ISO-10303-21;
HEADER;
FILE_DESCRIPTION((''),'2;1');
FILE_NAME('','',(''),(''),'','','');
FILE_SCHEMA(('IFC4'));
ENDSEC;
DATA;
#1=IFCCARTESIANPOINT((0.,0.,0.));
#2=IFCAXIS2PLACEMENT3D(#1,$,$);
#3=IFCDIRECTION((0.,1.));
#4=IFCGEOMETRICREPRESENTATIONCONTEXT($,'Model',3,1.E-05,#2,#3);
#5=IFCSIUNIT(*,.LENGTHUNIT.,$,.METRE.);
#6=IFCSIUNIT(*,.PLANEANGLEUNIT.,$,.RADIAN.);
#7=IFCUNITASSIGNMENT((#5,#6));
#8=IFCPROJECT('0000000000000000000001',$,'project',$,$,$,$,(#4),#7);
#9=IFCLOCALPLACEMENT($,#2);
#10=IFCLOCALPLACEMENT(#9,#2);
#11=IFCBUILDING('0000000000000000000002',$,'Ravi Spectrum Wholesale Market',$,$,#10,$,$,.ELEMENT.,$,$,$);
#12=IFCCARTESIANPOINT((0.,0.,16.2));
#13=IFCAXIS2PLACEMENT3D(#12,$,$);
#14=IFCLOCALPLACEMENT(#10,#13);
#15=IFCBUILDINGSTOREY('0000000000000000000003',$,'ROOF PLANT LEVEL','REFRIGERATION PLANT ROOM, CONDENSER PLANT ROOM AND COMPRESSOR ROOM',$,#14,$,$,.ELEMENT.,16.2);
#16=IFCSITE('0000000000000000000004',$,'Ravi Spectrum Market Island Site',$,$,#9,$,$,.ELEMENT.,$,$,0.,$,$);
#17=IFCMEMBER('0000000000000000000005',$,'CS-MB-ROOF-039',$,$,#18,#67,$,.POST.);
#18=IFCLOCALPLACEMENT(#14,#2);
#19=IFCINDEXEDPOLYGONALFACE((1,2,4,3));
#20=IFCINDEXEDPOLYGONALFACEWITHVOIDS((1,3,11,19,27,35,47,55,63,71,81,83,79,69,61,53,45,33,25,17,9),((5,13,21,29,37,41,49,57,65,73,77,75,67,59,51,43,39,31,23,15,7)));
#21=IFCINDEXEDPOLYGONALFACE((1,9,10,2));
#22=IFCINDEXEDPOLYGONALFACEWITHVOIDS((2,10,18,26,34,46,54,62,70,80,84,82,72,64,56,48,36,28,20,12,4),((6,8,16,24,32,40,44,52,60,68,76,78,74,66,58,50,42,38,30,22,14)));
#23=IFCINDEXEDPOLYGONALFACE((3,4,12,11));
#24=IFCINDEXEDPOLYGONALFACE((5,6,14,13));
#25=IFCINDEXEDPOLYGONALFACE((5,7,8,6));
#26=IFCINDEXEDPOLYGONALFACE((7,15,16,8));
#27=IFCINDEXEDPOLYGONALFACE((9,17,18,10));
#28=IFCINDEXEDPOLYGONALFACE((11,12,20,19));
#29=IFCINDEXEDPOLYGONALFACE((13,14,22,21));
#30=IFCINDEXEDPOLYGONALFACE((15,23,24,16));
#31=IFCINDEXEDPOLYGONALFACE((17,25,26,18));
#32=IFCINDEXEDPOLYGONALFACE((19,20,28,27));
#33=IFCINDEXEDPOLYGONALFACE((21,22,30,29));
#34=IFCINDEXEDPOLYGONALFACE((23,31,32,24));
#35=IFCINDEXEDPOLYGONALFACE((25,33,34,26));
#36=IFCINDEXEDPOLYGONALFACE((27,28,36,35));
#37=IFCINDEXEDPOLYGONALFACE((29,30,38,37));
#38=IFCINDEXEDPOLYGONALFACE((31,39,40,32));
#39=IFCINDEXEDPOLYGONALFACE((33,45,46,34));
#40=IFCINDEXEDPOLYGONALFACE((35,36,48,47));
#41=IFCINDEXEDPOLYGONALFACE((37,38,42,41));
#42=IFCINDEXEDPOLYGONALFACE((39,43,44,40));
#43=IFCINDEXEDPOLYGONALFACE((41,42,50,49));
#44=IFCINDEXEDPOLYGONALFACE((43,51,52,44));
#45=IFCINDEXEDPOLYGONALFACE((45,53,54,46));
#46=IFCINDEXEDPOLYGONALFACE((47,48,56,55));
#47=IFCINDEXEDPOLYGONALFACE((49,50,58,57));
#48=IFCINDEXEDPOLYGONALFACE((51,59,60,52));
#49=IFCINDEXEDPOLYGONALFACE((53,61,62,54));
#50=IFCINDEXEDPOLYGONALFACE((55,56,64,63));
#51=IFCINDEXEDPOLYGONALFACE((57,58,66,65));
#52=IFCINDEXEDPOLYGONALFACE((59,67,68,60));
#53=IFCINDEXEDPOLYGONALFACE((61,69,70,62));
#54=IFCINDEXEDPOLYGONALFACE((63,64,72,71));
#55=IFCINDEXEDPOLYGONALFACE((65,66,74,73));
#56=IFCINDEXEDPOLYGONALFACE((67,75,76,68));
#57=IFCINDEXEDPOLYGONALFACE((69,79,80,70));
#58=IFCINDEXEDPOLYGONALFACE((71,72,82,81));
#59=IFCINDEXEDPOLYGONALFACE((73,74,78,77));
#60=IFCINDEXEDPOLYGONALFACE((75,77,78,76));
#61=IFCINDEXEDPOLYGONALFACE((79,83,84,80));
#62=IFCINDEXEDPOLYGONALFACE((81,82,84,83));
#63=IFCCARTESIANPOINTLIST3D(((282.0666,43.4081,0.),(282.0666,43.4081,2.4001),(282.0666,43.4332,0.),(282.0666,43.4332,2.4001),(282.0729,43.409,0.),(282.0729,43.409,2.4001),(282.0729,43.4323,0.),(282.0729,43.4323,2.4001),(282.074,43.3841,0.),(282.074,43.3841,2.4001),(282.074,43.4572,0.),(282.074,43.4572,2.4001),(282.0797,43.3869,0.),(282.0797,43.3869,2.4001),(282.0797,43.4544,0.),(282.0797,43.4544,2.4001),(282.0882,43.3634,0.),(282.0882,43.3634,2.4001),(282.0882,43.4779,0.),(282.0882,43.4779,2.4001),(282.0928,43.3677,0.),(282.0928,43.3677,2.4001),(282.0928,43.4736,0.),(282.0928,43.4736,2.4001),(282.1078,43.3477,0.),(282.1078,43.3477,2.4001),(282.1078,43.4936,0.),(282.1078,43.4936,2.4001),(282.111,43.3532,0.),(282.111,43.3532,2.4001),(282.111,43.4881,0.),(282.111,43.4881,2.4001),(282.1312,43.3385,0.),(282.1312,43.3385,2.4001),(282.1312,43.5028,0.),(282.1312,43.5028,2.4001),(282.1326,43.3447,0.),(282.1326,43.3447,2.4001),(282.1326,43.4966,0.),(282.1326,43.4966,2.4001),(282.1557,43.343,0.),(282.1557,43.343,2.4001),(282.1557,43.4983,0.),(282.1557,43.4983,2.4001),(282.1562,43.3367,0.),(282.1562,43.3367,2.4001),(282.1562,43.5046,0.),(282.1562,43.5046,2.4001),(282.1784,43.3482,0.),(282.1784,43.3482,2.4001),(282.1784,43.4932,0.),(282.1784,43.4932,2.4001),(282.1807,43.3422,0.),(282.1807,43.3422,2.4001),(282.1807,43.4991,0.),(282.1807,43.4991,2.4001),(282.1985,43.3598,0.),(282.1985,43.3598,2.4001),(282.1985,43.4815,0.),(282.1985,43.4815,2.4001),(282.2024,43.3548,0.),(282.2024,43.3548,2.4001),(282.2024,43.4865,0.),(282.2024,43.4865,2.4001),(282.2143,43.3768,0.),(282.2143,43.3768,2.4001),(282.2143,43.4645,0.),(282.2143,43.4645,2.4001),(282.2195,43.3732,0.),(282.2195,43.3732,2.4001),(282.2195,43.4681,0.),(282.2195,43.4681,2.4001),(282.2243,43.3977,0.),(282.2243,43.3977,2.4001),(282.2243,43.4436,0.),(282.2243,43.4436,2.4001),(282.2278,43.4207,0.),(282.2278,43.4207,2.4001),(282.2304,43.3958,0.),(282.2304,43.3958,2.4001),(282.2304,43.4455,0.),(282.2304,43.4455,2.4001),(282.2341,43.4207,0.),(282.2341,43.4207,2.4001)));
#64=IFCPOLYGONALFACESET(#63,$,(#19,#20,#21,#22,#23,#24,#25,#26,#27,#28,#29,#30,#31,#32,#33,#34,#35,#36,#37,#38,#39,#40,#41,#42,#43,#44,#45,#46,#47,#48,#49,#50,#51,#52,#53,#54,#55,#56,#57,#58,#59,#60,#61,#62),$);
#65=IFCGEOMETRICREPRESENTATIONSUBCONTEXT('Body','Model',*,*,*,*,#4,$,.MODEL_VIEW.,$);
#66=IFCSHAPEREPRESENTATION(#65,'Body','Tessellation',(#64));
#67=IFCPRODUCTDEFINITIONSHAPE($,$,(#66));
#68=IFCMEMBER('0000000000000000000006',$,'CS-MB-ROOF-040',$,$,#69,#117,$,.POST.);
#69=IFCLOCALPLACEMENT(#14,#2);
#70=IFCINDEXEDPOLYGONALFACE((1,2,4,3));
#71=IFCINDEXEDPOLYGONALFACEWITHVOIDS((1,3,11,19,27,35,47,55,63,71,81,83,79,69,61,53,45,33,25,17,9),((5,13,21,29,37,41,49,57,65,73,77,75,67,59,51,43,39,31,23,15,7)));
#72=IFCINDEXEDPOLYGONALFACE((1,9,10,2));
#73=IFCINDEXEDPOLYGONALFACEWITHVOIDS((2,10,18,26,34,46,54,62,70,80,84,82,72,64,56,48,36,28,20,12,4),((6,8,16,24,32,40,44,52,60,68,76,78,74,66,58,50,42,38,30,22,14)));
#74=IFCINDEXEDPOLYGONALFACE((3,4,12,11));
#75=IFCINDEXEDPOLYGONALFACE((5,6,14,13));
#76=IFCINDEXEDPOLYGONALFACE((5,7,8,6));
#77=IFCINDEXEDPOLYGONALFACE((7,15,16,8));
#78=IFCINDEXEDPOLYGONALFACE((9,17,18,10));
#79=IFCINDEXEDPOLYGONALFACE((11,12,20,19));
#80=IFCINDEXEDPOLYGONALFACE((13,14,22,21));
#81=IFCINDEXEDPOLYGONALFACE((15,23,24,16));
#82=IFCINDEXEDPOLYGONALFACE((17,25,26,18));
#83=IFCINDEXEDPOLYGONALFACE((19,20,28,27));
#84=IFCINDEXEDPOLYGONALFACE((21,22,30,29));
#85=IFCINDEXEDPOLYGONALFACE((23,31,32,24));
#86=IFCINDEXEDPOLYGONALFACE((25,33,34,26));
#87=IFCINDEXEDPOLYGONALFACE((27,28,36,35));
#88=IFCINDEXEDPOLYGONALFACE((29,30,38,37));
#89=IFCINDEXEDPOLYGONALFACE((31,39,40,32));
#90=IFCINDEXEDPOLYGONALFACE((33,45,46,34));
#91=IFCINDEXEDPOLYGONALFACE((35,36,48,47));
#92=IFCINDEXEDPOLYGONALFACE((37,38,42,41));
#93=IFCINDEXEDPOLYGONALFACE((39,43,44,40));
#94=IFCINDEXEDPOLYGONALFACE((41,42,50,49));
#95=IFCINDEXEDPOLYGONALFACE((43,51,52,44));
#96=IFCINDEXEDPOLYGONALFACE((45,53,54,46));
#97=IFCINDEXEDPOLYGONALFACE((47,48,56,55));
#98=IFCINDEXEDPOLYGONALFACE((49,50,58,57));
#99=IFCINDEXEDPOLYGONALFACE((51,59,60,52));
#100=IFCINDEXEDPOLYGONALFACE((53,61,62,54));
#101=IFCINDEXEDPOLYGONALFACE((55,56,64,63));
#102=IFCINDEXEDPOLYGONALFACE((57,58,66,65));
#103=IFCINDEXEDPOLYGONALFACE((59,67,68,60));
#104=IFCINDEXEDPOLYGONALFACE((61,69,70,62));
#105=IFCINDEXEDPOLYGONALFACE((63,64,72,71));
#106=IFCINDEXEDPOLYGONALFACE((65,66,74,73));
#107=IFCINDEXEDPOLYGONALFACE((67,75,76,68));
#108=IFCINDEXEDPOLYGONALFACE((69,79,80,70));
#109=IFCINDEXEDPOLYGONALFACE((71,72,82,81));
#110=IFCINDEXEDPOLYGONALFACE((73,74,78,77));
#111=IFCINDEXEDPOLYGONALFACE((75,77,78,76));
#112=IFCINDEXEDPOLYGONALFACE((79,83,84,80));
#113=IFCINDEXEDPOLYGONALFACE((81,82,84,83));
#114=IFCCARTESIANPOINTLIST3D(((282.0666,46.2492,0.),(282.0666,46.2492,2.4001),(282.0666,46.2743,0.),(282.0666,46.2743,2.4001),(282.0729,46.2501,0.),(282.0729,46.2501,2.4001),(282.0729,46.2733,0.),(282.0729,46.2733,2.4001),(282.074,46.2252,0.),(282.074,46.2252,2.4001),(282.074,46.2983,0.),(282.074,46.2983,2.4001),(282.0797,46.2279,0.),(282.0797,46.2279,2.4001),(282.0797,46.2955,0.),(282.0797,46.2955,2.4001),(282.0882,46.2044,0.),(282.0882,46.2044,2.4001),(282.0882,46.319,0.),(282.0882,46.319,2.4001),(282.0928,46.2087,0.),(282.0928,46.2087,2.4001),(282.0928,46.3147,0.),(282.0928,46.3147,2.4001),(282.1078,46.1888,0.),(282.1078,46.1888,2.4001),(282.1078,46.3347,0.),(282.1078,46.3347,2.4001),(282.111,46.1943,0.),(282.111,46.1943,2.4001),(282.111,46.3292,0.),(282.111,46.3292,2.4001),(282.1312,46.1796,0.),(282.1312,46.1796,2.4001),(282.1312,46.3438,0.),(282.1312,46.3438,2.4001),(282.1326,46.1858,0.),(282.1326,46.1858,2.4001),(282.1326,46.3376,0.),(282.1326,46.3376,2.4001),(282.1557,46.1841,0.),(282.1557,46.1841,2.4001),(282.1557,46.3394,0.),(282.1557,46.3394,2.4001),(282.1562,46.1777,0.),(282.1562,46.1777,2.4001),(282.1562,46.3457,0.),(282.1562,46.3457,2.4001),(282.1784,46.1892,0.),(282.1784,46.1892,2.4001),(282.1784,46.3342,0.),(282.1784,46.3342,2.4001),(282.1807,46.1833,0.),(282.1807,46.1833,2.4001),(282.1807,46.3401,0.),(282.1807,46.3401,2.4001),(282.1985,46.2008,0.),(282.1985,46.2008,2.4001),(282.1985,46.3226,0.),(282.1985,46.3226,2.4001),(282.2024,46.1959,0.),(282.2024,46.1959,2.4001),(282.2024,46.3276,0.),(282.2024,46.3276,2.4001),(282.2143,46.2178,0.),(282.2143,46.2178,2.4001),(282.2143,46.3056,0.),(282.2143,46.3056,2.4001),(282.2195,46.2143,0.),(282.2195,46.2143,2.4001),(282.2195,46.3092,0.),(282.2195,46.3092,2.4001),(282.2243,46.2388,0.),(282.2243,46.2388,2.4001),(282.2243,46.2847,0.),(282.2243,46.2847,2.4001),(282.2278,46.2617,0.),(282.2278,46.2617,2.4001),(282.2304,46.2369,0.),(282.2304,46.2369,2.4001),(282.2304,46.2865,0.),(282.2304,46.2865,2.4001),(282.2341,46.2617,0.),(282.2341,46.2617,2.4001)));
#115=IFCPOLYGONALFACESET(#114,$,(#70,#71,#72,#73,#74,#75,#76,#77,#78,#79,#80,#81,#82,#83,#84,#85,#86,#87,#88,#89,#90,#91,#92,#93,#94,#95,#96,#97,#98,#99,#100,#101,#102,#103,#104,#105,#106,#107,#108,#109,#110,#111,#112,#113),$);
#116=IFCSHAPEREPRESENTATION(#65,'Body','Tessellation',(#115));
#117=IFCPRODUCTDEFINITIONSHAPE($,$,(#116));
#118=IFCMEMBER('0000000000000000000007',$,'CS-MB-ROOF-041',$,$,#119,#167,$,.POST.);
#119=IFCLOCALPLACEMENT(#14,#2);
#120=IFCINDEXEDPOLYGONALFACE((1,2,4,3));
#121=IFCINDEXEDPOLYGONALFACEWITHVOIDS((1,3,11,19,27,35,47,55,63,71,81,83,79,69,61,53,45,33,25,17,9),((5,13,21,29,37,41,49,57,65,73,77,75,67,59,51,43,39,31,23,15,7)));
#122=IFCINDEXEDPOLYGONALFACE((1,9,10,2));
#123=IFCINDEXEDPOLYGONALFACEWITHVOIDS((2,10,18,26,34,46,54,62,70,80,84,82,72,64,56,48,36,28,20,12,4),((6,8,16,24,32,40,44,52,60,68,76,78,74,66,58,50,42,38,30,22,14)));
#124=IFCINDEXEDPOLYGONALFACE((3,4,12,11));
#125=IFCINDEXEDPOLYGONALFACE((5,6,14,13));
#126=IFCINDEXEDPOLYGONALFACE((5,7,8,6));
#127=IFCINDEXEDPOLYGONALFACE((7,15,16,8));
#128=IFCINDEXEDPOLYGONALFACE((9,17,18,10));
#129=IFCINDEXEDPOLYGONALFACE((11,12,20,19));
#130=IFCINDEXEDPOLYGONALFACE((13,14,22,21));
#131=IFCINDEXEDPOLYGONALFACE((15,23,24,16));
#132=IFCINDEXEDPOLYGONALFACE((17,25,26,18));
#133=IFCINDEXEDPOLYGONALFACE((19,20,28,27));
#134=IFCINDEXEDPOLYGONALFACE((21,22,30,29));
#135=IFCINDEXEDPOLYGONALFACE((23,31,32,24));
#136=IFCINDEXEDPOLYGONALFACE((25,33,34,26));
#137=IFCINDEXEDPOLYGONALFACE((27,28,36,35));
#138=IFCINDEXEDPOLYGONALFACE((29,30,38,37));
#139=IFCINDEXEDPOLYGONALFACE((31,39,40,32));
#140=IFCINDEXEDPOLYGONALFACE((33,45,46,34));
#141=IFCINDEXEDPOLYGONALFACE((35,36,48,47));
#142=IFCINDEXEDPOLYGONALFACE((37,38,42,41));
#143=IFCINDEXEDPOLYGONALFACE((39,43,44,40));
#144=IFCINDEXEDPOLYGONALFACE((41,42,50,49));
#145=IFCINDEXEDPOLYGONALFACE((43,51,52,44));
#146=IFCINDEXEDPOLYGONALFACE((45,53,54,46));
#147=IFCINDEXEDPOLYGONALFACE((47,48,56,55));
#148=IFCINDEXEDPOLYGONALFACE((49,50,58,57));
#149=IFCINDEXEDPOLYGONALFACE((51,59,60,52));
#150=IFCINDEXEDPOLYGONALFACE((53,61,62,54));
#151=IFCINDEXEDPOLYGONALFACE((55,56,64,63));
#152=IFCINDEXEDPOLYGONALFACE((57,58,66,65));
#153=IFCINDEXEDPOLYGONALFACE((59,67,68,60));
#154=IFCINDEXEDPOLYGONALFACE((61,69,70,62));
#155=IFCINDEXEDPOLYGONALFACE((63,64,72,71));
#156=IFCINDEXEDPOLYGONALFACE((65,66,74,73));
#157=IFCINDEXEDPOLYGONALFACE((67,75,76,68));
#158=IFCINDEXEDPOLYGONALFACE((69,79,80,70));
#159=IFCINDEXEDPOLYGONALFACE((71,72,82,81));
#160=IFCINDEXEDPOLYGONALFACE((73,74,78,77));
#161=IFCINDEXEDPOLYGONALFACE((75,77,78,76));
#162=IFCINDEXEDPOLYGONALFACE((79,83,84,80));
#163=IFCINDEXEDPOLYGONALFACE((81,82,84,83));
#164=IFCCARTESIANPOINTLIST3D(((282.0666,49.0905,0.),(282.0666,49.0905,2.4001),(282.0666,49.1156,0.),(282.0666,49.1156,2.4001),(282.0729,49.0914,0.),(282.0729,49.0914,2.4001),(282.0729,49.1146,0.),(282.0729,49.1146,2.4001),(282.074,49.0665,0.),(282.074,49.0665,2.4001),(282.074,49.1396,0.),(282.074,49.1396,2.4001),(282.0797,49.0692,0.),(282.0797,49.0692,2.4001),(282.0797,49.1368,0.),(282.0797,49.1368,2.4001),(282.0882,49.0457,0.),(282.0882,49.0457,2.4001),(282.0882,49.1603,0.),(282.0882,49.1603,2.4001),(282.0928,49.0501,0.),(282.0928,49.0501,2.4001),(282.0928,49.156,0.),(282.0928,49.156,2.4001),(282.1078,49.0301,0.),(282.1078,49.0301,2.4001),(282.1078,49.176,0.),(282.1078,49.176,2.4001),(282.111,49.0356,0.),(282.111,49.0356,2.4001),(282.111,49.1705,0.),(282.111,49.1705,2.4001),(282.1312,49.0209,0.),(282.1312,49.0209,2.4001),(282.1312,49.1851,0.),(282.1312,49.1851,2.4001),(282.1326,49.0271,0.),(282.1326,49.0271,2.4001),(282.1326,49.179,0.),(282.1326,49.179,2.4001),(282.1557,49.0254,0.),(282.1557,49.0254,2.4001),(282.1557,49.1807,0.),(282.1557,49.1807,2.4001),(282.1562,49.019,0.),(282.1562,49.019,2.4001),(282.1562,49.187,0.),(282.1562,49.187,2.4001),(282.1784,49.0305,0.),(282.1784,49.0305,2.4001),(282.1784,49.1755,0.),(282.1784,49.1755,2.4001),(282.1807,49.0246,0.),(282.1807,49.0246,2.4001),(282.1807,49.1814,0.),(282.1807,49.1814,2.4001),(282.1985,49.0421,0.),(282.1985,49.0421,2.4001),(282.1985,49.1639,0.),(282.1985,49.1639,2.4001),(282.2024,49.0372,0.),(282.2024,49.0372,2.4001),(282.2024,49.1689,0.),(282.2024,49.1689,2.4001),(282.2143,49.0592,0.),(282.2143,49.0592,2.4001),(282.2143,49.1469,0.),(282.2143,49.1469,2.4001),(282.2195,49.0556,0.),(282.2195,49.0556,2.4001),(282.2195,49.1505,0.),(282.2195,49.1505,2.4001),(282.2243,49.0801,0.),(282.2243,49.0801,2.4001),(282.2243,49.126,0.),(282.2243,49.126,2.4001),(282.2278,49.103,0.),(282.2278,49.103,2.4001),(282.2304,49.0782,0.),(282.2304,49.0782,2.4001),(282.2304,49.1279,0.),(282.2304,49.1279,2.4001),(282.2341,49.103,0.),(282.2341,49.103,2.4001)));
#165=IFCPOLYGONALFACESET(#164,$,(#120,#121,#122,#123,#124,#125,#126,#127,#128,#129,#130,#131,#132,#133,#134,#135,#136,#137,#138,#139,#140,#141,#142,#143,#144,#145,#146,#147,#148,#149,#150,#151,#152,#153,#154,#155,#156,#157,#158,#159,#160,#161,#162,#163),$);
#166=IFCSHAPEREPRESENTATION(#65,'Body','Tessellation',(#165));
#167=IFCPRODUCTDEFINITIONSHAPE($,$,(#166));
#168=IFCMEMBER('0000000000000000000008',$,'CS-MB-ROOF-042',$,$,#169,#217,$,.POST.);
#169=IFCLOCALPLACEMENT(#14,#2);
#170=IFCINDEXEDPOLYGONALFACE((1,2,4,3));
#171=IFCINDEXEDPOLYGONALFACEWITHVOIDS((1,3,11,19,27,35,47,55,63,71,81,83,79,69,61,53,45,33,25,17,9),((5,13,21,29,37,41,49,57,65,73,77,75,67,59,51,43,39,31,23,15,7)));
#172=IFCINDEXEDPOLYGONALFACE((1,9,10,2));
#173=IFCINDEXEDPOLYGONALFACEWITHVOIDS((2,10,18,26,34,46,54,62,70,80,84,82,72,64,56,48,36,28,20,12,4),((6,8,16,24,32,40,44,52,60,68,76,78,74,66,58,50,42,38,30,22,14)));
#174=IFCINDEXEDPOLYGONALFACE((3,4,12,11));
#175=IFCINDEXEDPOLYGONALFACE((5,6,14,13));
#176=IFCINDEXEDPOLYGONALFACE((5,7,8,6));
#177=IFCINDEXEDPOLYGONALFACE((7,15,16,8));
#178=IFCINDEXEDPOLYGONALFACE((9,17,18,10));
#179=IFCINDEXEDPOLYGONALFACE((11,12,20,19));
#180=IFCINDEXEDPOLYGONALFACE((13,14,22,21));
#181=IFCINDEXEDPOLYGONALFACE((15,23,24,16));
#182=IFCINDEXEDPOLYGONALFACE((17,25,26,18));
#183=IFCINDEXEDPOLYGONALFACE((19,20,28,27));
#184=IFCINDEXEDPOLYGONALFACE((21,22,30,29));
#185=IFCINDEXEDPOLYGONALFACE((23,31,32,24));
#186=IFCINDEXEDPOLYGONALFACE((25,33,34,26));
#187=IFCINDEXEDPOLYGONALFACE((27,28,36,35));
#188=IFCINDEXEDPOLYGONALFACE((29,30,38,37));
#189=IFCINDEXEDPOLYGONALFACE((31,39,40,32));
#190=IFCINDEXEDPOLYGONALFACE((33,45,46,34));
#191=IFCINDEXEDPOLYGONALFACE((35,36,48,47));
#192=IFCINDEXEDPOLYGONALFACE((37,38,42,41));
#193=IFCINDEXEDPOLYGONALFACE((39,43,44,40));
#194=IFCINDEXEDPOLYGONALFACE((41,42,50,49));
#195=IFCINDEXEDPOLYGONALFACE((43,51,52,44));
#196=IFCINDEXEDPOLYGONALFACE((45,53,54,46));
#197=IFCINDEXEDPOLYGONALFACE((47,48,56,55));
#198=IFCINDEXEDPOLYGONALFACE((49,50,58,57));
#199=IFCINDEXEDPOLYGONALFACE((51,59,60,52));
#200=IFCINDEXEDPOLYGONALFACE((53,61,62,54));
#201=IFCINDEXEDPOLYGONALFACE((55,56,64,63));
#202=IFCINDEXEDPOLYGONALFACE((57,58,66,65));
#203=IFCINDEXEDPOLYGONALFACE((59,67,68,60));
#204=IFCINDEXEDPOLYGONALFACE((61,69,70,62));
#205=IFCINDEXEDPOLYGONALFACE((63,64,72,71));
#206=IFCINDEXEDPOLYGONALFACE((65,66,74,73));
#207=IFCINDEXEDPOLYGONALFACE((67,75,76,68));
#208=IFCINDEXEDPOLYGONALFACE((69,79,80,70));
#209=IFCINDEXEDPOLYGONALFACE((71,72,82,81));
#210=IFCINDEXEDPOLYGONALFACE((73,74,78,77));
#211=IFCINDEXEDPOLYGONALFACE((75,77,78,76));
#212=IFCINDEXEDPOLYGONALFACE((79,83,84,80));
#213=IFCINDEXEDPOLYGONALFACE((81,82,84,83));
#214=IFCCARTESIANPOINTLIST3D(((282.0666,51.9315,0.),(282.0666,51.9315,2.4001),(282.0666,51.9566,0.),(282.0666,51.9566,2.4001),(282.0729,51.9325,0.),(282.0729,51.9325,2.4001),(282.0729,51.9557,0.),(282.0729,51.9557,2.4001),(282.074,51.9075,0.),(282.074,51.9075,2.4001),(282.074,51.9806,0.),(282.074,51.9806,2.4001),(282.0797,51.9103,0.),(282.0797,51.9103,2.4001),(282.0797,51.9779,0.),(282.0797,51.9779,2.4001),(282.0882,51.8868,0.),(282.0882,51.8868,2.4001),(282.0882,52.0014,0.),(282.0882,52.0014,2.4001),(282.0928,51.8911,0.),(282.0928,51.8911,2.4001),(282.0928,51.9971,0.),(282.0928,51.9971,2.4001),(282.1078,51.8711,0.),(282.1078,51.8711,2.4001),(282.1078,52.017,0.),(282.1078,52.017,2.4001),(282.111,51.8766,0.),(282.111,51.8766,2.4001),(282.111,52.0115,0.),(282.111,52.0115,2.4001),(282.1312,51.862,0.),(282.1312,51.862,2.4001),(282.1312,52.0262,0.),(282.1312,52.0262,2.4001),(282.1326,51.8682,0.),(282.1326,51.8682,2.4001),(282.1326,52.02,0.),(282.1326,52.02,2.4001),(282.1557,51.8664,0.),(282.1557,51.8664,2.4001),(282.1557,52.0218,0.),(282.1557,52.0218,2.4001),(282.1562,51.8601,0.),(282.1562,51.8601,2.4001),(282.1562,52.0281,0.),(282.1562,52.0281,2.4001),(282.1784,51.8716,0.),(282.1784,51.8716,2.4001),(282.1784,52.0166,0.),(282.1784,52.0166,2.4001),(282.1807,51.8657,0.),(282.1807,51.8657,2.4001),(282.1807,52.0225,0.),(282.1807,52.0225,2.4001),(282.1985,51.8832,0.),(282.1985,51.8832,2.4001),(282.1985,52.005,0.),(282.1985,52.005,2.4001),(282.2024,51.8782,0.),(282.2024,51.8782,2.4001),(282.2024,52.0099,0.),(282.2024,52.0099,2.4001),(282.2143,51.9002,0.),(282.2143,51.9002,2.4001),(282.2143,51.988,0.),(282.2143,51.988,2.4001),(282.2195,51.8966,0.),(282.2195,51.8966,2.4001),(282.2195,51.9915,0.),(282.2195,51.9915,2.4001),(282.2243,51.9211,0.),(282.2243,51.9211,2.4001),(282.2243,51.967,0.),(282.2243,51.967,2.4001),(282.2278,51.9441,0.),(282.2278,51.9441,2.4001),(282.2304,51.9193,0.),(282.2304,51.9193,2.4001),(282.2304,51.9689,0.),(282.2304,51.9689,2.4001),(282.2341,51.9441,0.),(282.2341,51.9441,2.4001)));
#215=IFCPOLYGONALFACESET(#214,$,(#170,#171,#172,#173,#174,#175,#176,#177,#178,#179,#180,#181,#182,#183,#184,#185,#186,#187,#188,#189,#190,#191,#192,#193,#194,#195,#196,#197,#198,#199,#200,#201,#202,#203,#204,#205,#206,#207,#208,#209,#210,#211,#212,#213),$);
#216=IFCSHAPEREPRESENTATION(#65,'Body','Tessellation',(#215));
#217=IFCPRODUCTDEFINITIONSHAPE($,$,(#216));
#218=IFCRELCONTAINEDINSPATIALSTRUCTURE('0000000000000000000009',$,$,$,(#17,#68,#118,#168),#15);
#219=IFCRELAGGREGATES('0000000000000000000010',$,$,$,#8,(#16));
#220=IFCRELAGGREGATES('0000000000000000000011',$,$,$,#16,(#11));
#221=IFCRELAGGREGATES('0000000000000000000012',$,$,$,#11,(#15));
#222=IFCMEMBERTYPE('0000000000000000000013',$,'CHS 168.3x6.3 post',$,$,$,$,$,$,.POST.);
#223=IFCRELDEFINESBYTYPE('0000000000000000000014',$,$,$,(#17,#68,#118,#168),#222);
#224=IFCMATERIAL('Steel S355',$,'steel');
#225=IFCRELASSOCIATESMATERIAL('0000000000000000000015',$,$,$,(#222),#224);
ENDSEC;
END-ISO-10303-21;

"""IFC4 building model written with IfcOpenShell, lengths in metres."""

from ifc_helpers import new_model, si_unit, direction, frame, origin, origin_2d, place, context, subcontext, project, spatial, hollow_circle, extrude, material, material_profile, profile_set, type_object, element, save


model = new_model("IFC4")

# Units and contexts
model_context = context("Model", 3, precision=1e-05, world=origin(), true_north=direction((0.0, 1.0)))
body_context = subcontext(model_context, "Body", "Model", "MODEL_VIEW")
ifc_project = project(units=[si_unit("LENGTHUNIT", "METRE"), si_unit("PLANEANGLEUNIT", "RADIAN")], contexts=[model_context])

# Site, building, storey
site_placement = place(None, origin())
site = spatial("IfcSite", under=ifc_project, at=site_placement, Name="Ravi Spectrum Market Island Site", CompositionType="ELEMENT", RefElevation=0.0)
building_placement = place(site_placement, origin())
building = spatial("IfcBuilding", under=site, at=building_placement, Name="Ravi Spectrum Wholesale Market", CompositionType="ELEMENT")
storey_placement = place(building_placement, frame((0.0, 0.0, 16.2)))
storey = spatial("IfcBuildingStorey", under=building, at=storey_placement, Name="ROOF PLANT LEVEL", Description="REFRIGERATION PLANT ROOM, CONDENSER PLANT ROOM AND COMPRESSOR ROOM", CompositionType="ELEMENT", Elevation=16.2)

# Members
ifc_material_1 = material(Name="Steel S355", Category="steel")
ifc_material_profile_1 = material_profile(ifc_material_1, hollow_circle(Radius=0.0842, WallThickness=0.0063, at=origin_2d()))
ifc_profile_set_1 = profile_set([ifc_material_profile_1], Name="Steel S355")
member_type_1 = type_object("IfcMemberType", Name="CHS 168.3x6.3 post", PredefinedType="POST", material=ifc_profile_set_1)
for number, where, z_axis, x_axis, name in (
    (1, (282.1499, 43.4207, 0.0), (0.0, 0.0, 1.0), (1.0, 0.0, 0.0), "CS-MB-ROOF-039"),
    (2, (282.1499, 46.2617, 0.0), (0.0, 0.0, 1.0), (1.0, 0.0, 0.0), "CS-MB-ROOF-040"),
    (3, (282.1499, 49.103, 0.0), (0.0, 0.0, 1.0), (1.0, 0.0, 0.0), "CS-MB-ROOF-041"),
    (4, (282.1499, 51.9441, 0.0), (0.0, 0.0, 1.0), (1.0, 0.0, 0.0), "CS-MB-ROOF-042"),
):
    element("IfcMember", number, at=place(storey_placement, frame(where, z_axis=z_axis, x_axis=x_axis)), inside=storey, type_object=member_type_1, Name=name, PredefinedType="POST", context=body_context, shape_type="SweptSolid", body=[
        extrude(hollow_circle(Radius=0.0842, WallThickness=0.0063, at=origin_2d()), origin(), (0.0, 0.0, 1.0), 2.4001),
    ])

save(model, "model.ifc")
